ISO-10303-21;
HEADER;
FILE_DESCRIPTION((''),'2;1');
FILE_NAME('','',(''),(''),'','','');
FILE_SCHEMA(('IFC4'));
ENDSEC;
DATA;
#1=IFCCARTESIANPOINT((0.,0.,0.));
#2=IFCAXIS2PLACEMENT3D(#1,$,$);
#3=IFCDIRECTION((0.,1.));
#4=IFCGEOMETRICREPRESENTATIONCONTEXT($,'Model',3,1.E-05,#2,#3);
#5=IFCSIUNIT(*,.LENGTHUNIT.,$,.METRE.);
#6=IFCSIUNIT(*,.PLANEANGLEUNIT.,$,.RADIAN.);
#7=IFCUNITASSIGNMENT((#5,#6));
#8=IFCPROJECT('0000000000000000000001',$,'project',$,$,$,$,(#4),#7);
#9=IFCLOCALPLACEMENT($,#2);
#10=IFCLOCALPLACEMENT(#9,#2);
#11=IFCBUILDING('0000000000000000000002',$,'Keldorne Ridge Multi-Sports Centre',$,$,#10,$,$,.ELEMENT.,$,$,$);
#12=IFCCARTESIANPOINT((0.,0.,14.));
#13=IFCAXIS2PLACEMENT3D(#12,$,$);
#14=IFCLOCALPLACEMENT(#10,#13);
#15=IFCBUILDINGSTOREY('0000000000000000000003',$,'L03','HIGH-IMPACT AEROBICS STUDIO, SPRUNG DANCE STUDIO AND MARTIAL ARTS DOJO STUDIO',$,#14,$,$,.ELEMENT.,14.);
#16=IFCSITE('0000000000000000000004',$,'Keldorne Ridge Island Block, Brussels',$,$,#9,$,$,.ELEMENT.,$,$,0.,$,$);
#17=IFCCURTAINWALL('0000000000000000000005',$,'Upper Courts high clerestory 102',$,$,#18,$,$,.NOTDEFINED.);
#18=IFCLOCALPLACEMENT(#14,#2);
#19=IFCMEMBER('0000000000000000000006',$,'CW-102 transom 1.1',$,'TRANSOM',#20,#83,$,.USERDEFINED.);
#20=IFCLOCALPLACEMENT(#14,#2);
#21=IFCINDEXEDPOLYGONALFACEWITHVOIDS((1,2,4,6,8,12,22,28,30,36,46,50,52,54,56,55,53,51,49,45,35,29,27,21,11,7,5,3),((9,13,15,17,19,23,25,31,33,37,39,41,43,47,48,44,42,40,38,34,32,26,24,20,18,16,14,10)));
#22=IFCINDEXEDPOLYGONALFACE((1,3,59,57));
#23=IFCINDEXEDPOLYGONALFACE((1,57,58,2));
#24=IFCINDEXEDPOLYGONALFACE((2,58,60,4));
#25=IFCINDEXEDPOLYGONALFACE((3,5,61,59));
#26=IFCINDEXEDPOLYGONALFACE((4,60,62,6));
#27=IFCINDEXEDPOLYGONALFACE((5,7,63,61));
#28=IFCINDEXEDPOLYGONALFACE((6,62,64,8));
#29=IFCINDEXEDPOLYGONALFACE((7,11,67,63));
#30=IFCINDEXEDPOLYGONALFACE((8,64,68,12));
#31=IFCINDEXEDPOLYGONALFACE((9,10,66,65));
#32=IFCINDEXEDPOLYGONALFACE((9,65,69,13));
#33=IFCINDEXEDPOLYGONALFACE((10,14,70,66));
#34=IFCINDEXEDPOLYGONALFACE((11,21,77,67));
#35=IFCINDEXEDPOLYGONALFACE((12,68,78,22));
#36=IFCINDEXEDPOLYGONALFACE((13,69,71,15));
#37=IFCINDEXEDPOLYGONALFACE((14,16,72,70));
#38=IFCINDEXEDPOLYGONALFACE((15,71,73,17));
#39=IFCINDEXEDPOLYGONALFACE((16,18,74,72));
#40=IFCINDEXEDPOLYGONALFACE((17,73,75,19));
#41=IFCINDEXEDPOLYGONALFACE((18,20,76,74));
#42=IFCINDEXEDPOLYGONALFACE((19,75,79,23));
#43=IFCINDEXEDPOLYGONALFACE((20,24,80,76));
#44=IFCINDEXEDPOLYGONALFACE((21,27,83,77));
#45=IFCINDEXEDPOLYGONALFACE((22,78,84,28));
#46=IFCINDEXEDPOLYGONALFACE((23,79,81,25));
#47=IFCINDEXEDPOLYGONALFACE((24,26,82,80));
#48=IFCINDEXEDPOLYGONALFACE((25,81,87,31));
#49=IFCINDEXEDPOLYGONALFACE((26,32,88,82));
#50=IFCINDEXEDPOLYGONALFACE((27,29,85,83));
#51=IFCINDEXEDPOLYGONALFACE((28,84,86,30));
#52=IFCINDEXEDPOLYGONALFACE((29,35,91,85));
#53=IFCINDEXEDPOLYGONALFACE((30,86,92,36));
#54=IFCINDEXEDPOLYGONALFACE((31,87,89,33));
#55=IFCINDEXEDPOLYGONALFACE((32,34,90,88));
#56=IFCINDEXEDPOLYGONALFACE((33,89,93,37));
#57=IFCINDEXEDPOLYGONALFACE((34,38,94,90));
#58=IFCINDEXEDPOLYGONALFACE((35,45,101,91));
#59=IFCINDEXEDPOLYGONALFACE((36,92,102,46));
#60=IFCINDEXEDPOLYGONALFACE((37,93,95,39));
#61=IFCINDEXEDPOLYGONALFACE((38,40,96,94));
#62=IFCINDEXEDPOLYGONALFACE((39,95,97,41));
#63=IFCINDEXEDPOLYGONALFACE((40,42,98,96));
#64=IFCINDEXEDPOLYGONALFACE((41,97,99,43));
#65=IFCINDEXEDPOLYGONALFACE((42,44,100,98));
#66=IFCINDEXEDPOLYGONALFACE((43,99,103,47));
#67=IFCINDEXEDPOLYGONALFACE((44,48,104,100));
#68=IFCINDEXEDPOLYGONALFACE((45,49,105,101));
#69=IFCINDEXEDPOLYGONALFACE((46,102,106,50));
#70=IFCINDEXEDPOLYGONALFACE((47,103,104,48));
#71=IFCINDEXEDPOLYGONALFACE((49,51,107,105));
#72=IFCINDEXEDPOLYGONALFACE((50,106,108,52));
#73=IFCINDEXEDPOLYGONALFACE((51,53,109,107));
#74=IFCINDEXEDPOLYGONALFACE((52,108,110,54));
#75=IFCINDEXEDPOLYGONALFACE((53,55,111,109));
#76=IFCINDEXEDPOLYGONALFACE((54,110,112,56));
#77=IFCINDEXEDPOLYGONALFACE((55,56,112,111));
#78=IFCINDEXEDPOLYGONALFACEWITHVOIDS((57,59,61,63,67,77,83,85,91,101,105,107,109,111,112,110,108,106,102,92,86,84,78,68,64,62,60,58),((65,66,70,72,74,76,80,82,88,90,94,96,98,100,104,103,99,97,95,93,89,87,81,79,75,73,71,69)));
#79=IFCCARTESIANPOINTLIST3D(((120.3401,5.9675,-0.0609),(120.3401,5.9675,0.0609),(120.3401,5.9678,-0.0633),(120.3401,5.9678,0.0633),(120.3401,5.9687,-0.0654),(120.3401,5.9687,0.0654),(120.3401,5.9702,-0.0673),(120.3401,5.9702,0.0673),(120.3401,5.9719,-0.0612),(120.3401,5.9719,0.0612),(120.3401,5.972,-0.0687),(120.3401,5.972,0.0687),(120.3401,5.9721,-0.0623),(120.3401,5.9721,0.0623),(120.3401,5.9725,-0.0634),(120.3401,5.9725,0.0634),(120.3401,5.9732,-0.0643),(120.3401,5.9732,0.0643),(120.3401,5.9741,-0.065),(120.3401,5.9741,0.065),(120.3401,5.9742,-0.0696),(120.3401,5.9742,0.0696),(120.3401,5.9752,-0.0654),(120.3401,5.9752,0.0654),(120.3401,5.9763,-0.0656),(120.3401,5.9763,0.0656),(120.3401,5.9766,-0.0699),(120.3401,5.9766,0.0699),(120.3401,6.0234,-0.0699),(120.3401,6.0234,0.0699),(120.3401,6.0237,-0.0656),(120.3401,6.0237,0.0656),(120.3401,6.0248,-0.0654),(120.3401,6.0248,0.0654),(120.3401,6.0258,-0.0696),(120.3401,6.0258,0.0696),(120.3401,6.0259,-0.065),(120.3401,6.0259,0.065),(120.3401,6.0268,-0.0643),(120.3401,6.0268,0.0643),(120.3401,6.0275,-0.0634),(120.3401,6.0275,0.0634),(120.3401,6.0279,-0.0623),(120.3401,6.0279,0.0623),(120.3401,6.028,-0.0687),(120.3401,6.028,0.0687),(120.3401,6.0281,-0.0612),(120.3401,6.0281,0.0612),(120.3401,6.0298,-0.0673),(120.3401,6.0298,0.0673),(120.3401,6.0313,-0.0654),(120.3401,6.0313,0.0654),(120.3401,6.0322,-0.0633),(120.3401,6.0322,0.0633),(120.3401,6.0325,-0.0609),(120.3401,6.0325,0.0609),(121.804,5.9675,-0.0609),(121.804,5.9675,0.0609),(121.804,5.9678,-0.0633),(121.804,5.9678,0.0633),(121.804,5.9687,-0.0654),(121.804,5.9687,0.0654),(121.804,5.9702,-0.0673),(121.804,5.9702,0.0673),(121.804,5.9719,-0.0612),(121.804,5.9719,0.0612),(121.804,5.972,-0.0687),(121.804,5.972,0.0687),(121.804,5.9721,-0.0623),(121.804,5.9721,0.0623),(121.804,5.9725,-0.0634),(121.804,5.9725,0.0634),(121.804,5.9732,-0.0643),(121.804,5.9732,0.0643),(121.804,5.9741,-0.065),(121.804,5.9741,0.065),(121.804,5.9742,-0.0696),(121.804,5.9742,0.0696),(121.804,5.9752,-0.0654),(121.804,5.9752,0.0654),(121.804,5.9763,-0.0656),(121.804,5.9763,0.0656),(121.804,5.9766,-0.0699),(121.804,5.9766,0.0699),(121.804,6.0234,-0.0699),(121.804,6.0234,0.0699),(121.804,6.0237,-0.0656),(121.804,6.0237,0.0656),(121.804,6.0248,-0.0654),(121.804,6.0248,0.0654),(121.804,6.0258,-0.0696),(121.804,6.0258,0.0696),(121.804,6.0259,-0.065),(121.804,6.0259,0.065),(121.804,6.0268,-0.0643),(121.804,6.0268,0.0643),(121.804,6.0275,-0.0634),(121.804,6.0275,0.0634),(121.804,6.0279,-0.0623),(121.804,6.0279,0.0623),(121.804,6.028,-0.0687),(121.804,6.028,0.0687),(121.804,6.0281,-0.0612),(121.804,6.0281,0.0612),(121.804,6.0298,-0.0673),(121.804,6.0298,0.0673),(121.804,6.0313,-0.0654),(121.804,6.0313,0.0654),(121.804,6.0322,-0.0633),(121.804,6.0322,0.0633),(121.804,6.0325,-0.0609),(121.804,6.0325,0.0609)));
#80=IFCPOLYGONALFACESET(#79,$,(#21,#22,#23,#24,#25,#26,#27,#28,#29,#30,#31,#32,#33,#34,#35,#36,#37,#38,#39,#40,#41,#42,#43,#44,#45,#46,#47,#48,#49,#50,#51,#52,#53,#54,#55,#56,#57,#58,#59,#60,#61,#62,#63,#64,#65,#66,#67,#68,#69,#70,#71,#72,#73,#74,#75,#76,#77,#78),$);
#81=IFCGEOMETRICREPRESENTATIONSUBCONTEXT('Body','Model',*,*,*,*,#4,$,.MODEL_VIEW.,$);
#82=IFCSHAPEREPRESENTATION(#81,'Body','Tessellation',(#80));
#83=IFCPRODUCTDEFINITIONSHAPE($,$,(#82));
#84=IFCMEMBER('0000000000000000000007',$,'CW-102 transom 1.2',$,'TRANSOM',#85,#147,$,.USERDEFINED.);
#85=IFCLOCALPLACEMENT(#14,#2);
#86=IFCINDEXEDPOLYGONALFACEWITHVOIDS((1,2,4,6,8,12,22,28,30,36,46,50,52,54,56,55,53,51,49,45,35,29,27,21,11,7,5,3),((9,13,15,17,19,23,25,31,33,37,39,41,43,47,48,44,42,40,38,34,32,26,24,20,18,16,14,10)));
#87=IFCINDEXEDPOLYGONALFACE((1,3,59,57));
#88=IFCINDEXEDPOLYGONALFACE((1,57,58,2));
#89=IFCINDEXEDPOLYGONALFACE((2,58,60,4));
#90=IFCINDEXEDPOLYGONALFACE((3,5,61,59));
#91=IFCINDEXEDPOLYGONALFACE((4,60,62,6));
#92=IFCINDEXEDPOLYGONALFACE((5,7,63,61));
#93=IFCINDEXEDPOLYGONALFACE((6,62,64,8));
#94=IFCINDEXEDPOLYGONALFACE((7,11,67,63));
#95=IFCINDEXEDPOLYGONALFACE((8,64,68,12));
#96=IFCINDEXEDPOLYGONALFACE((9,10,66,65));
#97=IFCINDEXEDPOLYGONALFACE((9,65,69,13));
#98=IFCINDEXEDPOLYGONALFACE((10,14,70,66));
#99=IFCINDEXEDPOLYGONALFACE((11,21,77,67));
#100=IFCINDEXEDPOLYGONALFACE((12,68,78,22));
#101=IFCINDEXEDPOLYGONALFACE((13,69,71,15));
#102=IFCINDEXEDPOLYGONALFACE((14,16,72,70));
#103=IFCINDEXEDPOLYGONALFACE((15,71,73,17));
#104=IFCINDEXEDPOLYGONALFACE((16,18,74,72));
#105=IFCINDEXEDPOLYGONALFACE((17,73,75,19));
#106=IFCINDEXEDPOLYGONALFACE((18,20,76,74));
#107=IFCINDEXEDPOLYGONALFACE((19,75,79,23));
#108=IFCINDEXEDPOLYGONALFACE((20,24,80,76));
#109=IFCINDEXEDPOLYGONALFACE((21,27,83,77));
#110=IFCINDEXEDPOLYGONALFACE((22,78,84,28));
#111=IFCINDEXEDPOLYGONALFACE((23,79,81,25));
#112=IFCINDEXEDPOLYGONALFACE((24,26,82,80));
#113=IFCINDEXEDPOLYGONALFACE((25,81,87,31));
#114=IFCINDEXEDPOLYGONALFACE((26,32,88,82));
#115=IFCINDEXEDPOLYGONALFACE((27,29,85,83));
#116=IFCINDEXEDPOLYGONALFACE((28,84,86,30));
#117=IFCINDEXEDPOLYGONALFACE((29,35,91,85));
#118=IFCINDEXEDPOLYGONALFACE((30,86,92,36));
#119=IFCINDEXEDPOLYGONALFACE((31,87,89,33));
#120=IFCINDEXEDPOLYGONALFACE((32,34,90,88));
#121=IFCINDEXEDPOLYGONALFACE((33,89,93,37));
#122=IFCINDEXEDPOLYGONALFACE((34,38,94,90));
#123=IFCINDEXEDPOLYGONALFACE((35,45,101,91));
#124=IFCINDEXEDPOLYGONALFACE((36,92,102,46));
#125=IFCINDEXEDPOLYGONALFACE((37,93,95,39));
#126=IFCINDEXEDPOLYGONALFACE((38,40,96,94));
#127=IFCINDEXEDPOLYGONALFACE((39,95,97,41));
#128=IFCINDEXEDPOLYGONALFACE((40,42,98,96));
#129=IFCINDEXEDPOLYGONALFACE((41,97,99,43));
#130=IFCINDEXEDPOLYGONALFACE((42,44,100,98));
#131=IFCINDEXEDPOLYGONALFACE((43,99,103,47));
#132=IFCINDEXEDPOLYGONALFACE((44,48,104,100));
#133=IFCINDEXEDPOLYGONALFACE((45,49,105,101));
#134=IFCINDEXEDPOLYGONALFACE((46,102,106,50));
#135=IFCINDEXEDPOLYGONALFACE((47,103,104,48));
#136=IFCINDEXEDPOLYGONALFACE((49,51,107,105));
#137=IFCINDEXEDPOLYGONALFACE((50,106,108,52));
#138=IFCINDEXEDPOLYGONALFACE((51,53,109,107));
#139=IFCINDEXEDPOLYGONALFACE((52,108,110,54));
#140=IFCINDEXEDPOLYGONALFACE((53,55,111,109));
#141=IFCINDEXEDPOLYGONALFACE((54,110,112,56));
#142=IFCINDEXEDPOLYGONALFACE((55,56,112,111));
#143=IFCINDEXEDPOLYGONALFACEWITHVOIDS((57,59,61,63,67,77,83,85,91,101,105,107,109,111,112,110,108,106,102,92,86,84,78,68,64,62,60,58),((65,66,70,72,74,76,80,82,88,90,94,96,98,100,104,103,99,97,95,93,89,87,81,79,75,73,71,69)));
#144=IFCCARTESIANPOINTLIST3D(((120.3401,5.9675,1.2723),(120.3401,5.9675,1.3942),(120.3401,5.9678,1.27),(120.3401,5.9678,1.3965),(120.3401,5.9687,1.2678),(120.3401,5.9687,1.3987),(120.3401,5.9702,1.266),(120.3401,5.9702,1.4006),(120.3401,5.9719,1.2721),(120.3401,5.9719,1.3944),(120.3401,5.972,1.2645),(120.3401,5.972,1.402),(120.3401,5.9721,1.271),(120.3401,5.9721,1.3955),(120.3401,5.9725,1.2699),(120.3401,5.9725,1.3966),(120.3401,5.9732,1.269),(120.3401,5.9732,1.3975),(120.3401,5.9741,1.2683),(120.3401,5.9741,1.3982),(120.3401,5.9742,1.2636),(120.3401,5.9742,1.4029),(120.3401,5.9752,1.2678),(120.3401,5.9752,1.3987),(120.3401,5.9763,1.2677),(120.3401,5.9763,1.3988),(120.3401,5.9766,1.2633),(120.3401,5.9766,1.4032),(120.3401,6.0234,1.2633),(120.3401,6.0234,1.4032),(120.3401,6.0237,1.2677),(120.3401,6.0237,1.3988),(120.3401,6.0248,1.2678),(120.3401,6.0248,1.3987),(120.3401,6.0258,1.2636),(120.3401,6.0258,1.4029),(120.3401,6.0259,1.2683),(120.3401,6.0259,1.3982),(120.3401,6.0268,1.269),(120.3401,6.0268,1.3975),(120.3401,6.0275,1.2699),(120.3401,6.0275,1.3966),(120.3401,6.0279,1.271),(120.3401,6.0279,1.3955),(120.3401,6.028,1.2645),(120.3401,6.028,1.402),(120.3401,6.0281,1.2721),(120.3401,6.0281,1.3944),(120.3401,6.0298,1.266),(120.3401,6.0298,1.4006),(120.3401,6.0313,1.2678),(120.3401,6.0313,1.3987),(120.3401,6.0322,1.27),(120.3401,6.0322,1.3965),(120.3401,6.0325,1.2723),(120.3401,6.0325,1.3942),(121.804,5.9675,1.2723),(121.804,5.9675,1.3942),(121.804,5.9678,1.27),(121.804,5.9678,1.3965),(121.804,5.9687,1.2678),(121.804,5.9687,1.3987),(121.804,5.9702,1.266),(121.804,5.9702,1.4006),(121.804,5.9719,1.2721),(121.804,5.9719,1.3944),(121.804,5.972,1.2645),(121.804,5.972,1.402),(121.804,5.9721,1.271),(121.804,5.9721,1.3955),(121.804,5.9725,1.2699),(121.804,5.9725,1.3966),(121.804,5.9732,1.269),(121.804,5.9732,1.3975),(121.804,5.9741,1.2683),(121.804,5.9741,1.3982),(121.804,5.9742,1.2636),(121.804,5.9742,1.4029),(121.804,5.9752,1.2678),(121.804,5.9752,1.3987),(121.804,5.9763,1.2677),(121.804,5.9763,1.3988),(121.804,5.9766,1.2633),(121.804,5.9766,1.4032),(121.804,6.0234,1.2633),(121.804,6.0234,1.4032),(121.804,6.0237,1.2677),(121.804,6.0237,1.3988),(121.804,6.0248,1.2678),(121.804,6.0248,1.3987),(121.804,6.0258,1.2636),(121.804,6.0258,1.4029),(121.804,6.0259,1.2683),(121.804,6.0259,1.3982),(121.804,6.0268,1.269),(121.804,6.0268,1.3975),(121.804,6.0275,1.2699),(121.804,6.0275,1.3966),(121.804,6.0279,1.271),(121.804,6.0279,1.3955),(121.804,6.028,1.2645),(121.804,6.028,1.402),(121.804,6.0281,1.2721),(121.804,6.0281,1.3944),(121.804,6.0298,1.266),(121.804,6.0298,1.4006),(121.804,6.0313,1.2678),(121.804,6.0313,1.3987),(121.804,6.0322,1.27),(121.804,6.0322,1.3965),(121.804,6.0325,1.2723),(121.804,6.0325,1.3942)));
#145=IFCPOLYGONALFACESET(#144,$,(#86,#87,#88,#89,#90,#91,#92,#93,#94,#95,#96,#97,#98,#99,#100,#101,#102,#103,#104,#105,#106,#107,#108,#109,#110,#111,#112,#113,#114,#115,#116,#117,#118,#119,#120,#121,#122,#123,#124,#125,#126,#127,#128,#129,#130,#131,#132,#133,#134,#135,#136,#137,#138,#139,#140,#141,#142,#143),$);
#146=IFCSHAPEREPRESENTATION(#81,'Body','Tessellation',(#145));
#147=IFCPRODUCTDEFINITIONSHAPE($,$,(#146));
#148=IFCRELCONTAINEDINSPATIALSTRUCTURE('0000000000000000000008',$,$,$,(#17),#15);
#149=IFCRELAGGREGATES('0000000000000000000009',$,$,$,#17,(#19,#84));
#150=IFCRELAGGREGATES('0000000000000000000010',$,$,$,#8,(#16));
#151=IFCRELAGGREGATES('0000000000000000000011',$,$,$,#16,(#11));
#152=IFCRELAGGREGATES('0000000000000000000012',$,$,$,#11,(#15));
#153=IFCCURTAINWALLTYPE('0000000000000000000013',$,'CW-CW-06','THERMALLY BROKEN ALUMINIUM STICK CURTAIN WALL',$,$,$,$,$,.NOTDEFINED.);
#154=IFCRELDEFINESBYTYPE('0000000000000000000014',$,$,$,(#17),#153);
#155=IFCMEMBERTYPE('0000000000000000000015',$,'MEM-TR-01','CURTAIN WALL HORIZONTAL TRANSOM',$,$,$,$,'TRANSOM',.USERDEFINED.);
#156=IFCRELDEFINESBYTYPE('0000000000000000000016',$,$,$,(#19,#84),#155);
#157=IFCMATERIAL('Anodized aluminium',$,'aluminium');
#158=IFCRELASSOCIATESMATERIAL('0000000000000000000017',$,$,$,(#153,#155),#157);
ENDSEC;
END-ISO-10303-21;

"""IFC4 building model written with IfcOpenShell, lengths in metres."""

from ifc_helpers import new_model, si_unit, direction, frame, origin, origin_2d, place, context, subcontext, project, spatial, hollow_rectangle, extrude, material, material_profile, profile_set, type_object, element, aggregate, save


model = new_model("IFC4")

# Units and contexts
model_context = context("Model", 3, precision=1e-05, world=origin(), true_north=direction((0.0, 1.0)))
body_context = subcontext(model_context, "Body", "Model", "MODEL_VIEW")
ifc_project = project(units=[si_unit("LENGTHUNIT", "METRE"), si_unit("PLANEANGLEUNIT", "RADIAN")], contexts=[model_context])

# Site, building, storey
site_placement = place(None, origin())
site = spatial("IfcSite", under=ifc_project, at=site_placement, Name="Keldorne Ridge Island Block, Brussels", CompositionType="ELEMENT", RefElevation=0.0)
building_placement = place(site_placement, origin())
building = spatial("IfcBuilding", under=site, at=building_placement, Name="Keldorne Ridge Multi-Sports Centre", CompositionType="ELEMENT")
storey_placement = place(building_placement, frame((0.0, 0.0, 14.0)))
storey = spatial("IfcBuildingStorey", under=building, at=storey_placement, Name="L03", Description="HIGH-IMPACT AEROBICS STUDIO, SPRUNG DANCE STUDIO AND MARTIAL ARTS DOJO STUDIO", CompositionType="ELEMENT", Elevation=14.0)

# Curtain wall, members
ifc_material_1 = material(Name="Anodized aluminium", Category="aluminium")
curtain_wall_type = type_object("IfcCurtainWallType", Name="CW-CW-06", Description="THERMALLY BROKEN ALUMINIUM STICK CURTAIN WALL", PredefinedType="NOTDEFINED", material=ifc_material_1)
curtain_wall_placement = place(storey_placement, origin())
curtain_wall = element("IfcCurtainWall", 1, at=curtain_wall_placement, inside=storey, type_object=curtain_wall_type, Name="Upper Courts high clerestory 102", PredefinedType="NOTDEFINED")
ifc_material_profile_1 = material_profile(ifc_material_1, hollow_rectangle(XDim=0.0649, YDim=0.1399, WallThickness=0.0044, InnerFilletRadius=0.0044, OuterFilletRadius=0.009, at=origin_2d()), Name="ALU TRANSOM 140x65x4.5")
ifc_profile_set_1 = profile_set([ifc_material_profile_1], Name="Anodized aluminium")
member_type_1 = type_object("IfcMemberType", Name="MEM-TR-01", Description="CURTAIN WALL HORIZONTAL TRANSOM", ElementType="TRANSOM", PredefinedType="USERDEFINED", material=ifc_profile_set_1)
member_1_placement = place(storey_placement, frame((120.3401, 6.0, 0.0), z_axis=(1.0, 0.0, 0.0), x_axis=(0.0, 1.0, 0.0)))
member_1 = element("IfcMember", 2, at=member_1_placement, type_object=member_type_1, Name="CW-102 transom 1.1", ObjectType="TRANSOM", PredefinedType="USERDEFINED", context=body_context, shape_type="SweptSolid", body=[
    extrude(hollow_rectangle(XDim=0.0649, YDim=0.1399, WallThickness=0.0044, InnerFilletRadius=0.0044, OuterFilletRadius=0.009, at=origin_2d()), origin(), (0.0, 0.0, 1.0), 1.4639),
])
member_2_placement = place(storey_placement, frame((120.3401, 6.0, 1.3333), z_axis=(1.0, 0.0, 0.0), x_axis=(0.0, 1.0, 0.0)))
member_2 = element("IfcMember", 3, at=member_2_placement, type_object=member_type_1, Name="CW-102 transom 1.2", ObjectType="TRANSOM", PredefinedType="USERDEFINED", context=body_context, shape_type="SweptSolid", body=[
    extrude(hollow_rectangle(XDim=0.0649, YDim=0.1399, WallThickness=0.0044, InnerFilletRadius=0.0044, OuterFilletRadius=0.009, at=origin_2d()), origin(), (0.0, 0.0, 1.0), 1.4639),
])
aggregate(curtain_wall, [member_1, member_2])

save(model, "model.ifc")
